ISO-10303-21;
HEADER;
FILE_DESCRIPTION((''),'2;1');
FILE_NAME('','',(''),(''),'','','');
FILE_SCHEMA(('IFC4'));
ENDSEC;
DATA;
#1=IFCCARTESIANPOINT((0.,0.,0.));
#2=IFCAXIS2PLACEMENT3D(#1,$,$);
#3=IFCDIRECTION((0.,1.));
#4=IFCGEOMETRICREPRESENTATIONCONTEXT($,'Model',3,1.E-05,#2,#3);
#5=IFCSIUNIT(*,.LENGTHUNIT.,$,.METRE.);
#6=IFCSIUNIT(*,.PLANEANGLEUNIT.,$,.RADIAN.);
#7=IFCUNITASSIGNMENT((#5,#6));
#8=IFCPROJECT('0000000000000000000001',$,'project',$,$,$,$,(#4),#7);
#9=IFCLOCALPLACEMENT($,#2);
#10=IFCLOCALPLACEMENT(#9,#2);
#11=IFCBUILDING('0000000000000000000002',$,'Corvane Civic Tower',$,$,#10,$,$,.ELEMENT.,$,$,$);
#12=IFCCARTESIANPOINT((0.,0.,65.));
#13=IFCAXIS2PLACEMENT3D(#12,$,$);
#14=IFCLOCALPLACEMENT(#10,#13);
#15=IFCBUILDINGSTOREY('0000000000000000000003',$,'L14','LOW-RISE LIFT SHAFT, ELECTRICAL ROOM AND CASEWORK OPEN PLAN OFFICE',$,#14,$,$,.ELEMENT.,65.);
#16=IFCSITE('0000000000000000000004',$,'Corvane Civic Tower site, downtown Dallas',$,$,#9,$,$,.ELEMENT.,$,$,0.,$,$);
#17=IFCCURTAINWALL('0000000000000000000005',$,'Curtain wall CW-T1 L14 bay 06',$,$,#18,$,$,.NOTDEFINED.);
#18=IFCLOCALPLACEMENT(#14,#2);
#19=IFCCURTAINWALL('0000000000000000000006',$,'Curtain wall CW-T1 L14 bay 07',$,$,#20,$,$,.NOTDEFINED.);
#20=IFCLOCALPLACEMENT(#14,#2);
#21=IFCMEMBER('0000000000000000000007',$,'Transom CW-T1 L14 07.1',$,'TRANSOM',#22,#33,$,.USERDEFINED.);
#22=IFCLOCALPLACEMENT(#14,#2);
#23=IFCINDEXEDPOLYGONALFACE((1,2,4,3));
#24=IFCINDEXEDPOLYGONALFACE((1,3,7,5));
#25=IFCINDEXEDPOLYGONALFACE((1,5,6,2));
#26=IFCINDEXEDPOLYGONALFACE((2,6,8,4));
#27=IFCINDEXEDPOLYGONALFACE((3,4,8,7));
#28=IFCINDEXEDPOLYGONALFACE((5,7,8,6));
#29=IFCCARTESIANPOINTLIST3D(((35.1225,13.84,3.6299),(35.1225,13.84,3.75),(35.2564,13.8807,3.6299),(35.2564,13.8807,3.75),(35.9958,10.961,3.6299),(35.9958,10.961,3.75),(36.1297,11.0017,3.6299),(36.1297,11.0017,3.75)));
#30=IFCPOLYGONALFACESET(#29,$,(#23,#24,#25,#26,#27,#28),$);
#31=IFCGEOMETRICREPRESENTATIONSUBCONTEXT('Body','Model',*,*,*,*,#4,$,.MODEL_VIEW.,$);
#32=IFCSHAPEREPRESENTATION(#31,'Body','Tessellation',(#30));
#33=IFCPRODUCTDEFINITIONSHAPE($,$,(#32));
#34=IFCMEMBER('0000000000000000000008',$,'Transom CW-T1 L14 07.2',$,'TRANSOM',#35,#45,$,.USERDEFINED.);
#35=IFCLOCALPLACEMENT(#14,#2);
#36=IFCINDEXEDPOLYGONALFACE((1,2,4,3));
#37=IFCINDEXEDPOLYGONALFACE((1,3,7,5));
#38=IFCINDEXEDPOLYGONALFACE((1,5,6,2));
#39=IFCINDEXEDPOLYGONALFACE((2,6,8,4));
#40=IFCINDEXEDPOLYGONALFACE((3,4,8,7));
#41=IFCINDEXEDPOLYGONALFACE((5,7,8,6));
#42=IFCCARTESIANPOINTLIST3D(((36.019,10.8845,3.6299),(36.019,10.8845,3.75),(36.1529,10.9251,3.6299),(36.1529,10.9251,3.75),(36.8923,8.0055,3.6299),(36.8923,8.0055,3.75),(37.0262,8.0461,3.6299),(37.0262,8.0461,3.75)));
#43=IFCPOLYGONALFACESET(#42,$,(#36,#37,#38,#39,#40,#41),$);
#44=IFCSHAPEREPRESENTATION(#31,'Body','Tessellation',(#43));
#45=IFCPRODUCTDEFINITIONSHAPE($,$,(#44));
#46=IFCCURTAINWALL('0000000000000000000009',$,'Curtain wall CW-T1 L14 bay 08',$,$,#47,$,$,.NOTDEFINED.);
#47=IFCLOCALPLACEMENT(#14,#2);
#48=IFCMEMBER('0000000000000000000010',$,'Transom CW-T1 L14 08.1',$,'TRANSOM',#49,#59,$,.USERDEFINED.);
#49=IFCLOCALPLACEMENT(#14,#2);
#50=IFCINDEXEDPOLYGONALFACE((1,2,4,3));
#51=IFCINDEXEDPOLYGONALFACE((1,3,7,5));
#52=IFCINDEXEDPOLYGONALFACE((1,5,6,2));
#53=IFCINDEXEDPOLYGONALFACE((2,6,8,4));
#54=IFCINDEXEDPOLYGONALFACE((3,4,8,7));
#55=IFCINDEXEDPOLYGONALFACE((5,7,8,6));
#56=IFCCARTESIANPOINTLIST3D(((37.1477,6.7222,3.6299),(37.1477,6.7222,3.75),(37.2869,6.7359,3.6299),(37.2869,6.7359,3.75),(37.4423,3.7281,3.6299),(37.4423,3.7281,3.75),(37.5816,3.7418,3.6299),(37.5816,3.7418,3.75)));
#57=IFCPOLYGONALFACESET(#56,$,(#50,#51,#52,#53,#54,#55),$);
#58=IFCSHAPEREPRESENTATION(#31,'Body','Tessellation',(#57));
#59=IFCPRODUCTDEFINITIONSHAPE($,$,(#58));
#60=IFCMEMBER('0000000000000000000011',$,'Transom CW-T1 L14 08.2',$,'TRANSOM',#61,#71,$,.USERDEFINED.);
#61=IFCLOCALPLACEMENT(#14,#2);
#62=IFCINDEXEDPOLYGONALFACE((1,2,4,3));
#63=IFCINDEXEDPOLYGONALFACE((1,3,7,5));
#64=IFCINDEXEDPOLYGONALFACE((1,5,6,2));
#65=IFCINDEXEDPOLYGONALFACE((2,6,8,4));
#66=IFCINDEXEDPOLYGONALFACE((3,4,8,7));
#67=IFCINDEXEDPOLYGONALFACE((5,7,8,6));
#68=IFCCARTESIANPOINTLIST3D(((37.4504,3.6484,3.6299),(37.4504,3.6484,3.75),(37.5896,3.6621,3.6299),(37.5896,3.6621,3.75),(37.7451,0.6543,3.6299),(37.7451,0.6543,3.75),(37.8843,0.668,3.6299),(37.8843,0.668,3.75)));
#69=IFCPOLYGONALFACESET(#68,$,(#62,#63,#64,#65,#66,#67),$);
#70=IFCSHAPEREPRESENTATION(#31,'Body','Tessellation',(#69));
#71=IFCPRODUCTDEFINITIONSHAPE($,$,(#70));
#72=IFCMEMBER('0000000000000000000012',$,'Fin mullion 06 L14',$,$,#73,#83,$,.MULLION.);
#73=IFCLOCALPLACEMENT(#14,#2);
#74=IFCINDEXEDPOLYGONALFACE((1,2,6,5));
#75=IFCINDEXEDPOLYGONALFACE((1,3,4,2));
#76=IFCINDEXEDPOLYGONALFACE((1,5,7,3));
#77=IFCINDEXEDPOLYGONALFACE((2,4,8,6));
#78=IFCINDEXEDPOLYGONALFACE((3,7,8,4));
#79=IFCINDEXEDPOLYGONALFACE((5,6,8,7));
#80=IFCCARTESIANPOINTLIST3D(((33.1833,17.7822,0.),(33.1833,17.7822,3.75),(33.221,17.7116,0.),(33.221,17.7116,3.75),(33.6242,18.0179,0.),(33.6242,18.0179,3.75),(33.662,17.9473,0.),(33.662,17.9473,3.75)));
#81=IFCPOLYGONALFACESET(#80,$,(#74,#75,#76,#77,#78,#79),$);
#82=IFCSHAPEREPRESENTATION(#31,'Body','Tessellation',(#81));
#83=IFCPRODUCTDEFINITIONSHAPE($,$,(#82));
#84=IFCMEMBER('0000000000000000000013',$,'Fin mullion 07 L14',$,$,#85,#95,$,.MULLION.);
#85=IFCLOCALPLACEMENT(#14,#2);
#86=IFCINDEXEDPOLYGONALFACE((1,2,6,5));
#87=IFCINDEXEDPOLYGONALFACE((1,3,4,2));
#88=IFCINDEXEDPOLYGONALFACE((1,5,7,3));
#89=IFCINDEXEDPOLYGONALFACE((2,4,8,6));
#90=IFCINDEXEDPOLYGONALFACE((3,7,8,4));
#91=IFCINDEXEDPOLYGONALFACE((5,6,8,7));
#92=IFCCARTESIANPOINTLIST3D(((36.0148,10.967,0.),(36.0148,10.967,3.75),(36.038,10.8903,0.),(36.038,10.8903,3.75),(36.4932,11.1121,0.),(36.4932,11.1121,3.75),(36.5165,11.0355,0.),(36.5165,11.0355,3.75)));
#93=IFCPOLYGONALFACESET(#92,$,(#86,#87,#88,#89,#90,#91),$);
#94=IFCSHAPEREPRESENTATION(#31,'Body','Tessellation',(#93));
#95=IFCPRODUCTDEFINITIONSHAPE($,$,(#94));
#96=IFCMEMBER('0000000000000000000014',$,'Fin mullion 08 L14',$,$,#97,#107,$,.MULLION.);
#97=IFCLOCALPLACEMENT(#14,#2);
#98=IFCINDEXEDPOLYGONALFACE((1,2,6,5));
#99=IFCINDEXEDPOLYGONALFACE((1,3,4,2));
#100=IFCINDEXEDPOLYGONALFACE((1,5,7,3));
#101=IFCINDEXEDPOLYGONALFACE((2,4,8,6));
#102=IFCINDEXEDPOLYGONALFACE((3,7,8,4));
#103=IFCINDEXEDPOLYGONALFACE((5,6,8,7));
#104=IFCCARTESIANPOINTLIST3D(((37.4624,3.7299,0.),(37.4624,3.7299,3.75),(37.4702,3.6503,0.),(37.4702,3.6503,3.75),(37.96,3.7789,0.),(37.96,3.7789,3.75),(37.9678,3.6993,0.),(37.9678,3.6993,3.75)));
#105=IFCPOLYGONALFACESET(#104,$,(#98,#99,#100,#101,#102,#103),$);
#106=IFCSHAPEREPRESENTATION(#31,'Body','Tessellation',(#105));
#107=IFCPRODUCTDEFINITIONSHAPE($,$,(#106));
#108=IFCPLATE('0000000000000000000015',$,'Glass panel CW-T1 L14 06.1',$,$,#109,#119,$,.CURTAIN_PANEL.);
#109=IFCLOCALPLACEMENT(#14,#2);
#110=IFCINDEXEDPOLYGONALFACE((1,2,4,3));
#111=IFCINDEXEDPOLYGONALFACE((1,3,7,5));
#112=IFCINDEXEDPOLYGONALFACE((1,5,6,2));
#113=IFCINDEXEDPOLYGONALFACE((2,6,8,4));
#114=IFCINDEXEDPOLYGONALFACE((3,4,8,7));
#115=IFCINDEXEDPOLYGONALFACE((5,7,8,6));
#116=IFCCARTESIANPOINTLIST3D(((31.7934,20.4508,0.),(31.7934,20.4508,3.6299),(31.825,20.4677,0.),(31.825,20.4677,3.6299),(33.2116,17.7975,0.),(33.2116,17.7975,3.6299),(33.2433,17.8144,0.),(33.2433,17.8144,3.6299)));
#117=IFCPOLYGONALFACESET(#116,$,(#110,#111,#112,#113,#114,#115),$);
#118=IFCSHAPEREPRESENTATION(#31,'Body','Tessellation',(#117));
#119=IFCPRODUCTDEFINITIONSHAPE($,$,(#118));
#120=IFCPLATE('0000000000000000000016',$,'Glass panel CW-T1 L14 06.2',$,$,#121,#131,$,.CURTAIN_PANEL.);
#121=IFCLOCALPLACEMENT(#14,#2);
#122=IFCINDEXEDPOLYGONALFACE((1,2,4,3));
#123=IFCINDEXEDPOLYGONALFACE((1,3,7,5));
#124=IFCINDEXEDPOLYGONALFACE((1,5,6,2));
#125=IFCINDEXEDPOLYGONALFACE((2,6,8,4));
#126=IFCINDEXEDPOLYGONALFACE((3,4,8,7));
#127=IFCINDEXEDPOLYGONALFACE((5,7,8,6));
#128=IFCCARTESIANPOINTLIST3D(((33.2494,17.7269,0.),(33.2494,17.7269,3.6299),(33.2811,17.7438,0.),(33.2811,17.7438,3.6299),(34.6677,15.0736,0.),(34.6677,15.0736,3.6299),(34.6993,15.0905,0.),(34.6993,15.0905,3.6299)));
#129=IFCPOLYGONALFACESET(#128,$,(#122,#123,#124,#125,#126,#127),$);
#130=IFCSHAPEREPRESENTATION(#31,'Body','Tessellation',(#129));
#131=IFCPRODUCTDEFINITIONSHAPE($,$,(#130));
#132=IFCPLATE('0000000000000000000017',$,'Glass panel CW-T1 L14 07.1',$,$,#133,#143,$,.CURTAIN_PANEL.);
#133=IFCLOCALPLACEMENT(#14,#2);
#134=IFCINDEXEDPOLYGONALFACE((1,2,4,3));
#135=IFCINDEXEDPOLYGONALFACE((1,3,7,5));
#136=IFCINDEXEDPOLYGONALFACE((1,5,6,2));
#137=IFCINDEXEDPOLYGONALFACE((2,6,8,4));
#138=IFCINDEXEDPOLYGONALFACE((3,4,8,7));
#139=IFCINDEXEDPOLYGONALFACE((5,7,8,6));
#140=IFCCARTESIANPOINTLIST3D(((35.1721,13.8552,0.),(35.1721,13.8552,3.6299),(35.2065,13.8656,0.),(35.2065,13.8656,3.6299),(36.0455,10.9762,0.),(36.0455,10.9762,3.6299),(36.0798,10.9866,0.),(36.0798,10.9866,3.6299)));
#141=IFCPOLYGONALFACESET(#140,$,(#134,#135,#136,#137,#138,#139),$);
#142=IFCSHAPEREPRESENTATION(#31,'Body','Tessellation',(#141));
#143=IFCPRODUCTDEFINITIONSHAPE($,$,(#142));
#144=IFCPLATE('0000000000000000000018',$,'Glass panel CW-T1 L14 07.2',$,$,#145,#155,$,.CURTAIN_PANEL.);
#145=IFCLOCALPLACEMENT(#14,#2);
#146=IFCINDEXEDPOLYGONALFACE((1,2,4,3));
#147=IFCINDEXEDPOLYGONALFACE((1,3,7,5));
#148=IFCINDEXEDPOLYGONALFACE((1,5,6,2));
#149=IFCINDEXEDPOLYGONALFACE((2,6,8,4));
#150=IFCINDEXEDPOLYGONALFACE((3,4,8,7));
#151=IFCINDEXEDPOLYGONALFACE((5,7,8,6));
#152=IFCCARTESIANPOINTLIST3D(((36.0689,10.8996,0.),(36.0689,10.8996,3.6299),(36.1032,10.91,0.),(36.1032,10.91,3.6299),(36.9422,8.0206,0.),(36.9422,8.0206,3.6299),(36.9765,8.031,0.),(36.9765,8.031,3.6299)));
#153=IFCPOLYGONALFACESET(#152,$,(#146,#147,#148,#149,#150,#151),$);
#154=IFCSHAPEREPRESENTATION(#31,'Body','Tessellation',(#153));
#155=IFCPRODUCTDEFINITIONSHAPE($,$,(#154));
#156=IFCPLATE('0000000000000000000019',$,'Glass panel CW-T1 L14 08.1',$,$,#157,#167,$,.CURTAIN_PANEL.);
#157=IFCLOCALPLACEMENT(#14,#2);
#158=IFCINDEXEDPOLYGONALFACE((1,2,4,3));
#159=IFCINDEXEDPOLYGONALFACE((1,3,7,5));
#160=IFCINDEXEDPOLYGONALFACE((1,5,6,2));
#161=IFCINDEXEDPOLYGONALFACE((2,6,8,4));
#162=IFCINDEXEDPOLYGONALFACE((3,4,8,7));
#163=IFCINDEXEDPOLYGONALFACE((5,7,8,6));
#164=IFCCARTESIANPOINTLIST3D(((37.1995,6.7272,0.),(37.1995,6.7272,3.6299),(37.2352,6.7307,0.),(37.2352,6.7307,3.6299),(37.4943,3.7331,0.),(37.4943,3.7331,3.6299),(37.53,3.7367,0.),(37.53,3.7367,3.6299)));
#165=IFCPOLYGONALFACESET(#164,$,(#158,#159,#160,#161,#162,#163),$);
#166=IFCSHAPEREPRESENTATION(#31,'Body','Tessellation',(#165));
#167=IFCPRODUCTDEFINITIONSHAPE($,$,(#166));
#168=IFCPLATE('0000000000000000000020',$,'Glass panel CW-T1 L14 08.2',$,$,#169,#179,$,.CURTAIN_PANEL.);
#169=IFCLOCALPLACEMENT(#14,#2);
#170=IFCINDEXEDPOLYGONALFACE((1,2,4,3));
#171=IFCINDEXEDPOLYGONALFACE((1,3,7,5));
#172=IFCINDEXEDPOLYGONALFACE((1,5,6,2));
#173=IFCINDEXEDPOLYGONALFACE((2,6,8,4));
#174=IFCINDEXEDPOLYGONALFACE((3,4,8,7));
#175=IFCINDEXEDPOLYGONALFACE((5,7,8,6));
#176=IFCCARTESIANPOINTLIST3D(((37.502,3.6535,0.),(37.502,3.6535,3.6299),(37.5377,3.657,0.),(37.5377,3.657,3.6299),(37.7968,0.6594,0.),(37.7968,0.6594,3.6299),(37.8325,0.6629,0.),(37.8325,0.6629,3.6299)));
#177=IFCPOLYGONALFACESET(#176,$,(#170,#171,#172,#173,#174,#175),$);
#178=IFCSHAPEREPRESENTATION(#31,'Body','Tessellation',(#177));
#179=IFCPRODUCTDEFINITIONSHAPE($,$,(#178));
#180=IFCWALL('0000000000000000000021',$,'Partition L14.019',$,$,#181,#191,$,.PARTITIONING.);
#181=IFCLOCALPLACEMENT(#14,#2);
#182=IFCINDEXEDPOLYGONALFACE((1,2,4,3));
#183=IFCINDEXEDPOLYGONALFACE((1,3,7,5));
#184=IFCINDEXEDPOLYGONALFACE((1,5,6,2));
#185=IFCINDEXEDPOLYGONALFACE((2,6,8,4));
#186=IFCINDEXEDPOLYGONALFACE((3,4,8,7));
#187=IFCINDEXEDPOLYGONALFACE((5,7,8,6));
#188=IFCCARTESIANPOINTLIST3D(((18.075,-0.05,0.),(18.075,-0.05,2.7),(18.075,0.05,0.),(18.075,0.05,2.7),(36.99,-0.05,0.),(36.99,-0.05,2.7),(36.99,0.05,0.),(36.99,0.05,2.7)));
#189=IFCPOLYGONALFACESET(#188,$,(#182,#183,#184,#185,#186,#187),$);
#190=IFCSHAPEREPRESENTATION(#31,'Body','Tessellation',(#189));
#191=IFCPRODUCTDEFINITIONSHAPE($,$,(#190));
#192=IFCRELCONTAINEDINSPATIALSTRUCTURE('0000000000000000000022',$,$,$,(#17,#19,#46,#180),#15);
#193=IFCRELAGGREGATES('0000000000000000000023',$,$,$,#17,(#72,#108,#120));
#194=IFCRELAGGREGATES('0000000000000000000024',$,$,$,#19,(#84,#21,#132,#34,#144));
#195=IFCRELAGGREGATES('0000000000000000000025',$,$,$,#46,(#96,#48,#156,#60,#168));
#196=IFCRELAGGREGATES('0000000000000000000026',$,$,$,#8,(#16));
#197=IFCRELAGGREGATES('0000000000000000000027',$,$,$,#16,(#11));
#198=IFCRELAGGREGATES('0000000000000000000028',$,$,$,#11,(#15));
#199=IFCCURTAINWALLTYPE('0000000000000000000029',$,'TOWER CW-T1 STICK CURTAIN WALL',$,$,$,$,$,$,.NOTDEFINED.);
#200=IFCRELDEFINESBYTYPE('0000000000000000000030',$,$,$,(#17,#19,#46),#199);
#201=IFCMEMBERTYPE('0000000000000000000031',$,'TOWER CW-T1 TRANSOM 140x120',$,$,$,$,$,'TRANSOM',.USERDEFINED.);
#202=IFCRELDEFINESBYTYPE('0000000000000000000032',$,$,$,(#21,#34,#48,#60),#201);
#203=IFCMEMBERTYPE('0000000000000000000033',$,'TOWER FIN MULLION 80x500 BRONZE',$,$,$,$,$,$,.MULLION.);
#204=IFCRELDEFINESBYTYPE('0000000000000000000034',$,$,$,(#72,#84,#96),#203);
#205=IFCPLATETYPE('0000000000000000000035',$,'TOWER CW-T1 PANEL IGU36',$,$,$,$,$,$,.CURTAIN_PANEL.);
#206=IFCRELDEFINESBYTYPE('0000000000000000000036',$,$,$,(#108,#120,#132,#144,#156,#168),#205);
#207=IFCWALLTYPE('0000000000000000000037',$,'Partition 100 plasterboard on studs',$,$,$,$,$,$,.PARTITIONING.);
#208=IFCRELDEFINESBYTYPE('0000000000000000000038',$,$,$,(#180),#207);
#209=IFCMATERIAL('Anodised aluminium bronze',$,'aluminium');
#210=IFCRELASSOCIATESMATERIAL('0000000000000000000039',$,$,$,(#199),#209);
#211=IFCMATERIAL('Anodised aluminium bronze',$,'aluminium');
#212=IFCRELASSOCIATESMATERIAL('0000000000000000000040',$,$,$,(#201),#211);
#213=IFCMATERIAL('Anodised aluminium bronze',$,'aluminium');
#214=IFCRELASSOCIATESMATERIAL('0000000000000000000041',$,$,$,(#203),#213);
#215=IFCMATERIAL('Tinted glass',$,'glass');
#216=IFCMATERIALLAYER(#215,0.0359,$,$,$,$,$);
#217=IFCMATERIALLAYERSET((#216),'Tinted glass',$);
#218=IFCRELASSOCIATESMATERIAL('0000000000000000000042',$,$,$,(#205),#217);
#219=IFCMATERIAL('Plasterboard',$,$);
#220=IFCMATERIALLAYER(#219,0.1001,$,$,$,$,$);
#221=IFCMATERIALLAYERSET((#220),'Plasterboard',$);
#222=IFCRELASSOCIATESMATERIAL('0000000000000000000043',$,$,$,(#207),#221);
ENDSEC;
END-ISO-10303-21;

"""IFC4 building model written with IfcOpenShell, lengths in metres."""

from ifc_helpers import new_model, si_unit, direction, frame, frame_2d, origin, origin_2d, place, context, subcontext, project, spatial, rectangle, extrude, material, layer, layer_set, material_profile, profile_set, type_object, element, aggregate, save


model = new_model("IFC4")

# Units and contexts
model_context = context("Model", 3, precision=1e-05, world=origin(), true_north=direction((0.0, 1.0)))
body_context = subcontext(model_context, "Body", "Model", "MODEL_VIEW")
ifc_project = project(units=[si_unit("LENGTHUNIT", "METRE"), si_unit("PLANEANGLEUNIT", "RADIAN")], contexts=[model_context])

# Site, building, storey
site_placement = place(None, origin())
site = spatial("IfcSite", under=ifc_project, at=site_placement, Name="Corvane Civic Tower site, downtown Dallas", CompositionType="ELEMENT", RefElevation=0.0)
building_placement = place(site_placement, origin())
building = spatial("IfcBuilding", under=site, at=building_placement, Name="Corvane Civic Tower", CompositionType="ELEMENT")
storey_placement = place(building_placement, frame((0.0, 0.0, 65.0)))
storey = spatial("IfcBuildingStorey", under=building, at=storey_placement, Name="L14", Description="LOW-RISE LIFT SHAFT, ELECTRICAL ROOM AND CASEWORK OPEN PLAN OFFICE", CompositionType="ELEMENT", Elevation=65.0)

# Curtain walls, members
ifc_material_1 = material(Name="Anodised aluminium bronze", Category="aluminium")
curtain_wall_type = type_object("IfcCurtainWallType", Name="TOWER CW-T1 STICK CURTAIN WALL", PredefinedType="NOTDEFINED", material=ifc_material_1)
curtain_wall_1_placement = place(storey_placement, origin())
curtain_wall_1 = element("IfcCurtainWall", 1, at=curtain_wall_1_placement, inside=storey, type_object=curtain_wall_type, Name="Curtain wall CW-T1 L14 bay 06", PredefinedType="NOTDEFINED")
ifc_material_2 = material(Name="Anodised aluminium bronze", Category="aluminium")
ifc_material_profile_1 = material_profile(ifc_material_2, rectangle(XDim=0.1399, YDim=0.1201, at=origin_2d()), Name="TOWER CW-T1 TRANSOM 140x120")
ifc_profile_set_1 = profile_set([ifc_material_profile_1], Name="Anodised aluminium bronze")
member_type_1 = type_object("IfcMemberType", Name="TOWER CW-T1 TRANSOM 140x120", ElementType="TRANSOM", PredefinedType="USERDEFINED", material=ifc_profile_set_1)
curtain_wall_2_placement = place(storey_placement, origin())
curtain_wall_2 = element("IfcCurtainWall", 2, at=curtain_wall_2_placement, inside=storey, type_object=curtain_wall_type, Name="Curtain wall CW-T1 L14 bay 07", PredefinedType="NOTDEFINED")
member_1_placement = place(storey_placement, frame((35.1895, 13.8604, 3.6899), z_axis=(0.29028, -0.956942, 0.0), x_axis=(0.956942, 0.29028, 0.0)))
member_1 = element("IfcMember", 3, at=member_1_placement, type_object=member_type_1, Name="Transom CW-T1 L14 07.1", ObjectType="TRANSOM", PredefinedType="USERDEFINED", context=body_context, shape_type="SweptSolid", body=[
    extrude(rectangle(XDim=0.1399, YDim=0.1201, at=origin_2d()), origin(), (0.0, 0.0, 1.0), 3.0085),
])
member_2_placement = place(storey_placement, frame((36.0859, 10.9048, 3.6899), z_axis=(0.29028, -0.956942, 0.0), x_axis=(0.956942, 0.29028, 0.0)))
member_2 = element("IfcMember", 4, at=member_2_placement, type_object=member_type_1, Name="Transom CW-T1 L14 07.2", ObjectType="TRANSOM", PredefinedType="USERDEFINED", context=body_context, shape_type="SweptSolid", body=[
    extrude(rectangle(XDim=0.1399, YDim=0.1201, at=origin_2d()), origin(), (0.0, 0.0, 1.0), 3.0085),
])
curtain_wall_3_placement = place(storey_placement, origin())
curtain_wall_3 = element("IfcCurtainWall", 5, at=curtain_wall_3_placement, inside=storey, type_object=curtain_wall_type, Name="Curtain wall CW-T1 L14 bay 08", PredefinedType="NOTDEFINED")
member_3_placement = place(storey_placement, frame((37.2173, 6.729, 3.6899), z_axis=(0.097945, -0.995192, 0.0), x_axis=(0.995192, 0.097945, 0.0)))
member_3 = element("IfcMember", 6, at=member_3_placement, type_object=member_type_1, Name="Transom CW-T1 L14 08.1", ObjectType="TRANSOM", PredefinedType="USERDEFINED", context=body_context, shape_type="SweptSolid", body=[
    extrude(rectangle(XDim=0.1399, YDim=0.1201, at=origin_2d()), origin(), (0.0, 0.0, 1.0), 3.0085),
])
member_4_placement = place(storey_placement, frame((37.52, 3.6553, 3.6899), z_axis=(0.097945, -0.995192, 0.0), x_axis=(0.995192, 0.097945, 0.0)))
member_4 = element("IfcMember", 7, at=member_4_placement, type_object=member_type_1, Name="Transom CW-T1 L14 08.2", ObjectType="TRANSOM", PredefinedType="USERDEFINED", context=body_context, shape_type="SweptSolid", body=[
    extrude(rectangle(XDim=0.1399, YDim=0.1201, at=origin_2d()), origin(), (0.0, 0.0, 1.0), 3.0085),
])

# Members
ifc_material_3 = material(Name="Anodised aluminium bronze", Category="aluminium")
ifc_material_profile_2 = material_profile(ifc_material_3, rectangle(XDim=0.0801, YDim=0.5, at=origin_2d()), Name="TOWER FIN MULLION 80x500 BRONZE")
ifc_profile_set_2 = profile_set([ifc_material_profile_2], Name="Anodised aluminium bronze")
member_type_2 = type_object("IfcMemberType", Name="TOWER FIN MULLION 80x500 BRONZE", PredefinedType="MULLION", material=ifc_profile_set_2)
member_5_placement = place(storey_placement, frame((33.4226, 17.8647, 0.0), z_axis=(0.0, 0.0, 1.0), x_axis=(0.471404, -0.881918, 0.0)))
member_5 = element("IfcMember", 8, at=member_5_placement, type_object=member_type_2, Name="Fin mullion 06 L14", PredefinedType="MULLION", context=body_context, shape_type="SweptSolid", body=[
    extrude(rectangle(XDim=0.0801, YDim=0.5, at=origin_2d()), origin(), (0.0, 0.0, 1.0), 3.75),
])
member_6_placement = place(storey_placement, frame((36.2656, 11.0012, 0.0), z_axis=(0.0, 0.0, 1.0), x_axis=(0.290278, -0.956942, 0.0)))
member_6 = element("IfcMember", 9, at=member_6_placement, type_object=member_type_2, Name="Fin mullion 07 L14", PredefinedType="MULLION", context=body_context, shape_type="SweptSolid", body=[
    extrude(rectangle(XDim=0.0801, YDim=0.5, at=origin_2d()), origin(), (0.0, 0.0, 1.0), 3.75),
])
member_7_placement = place(storey_placement, frame((37.7151, 3.7146, 0.0), z_axis=(0.0, 0.0, 1.0), x_axis=(0.098006, -0.995186, 0.0)))
member_7 = element("IfcMember", 10, at=member_7_placement, type_object=member_type_2, Name="Fin mullion 08 L14", PredefinedType="MULLION", context=body_context, shape_type="SweptSolid", body=[
    extrude(rectangle(XDim=0.0801, YDim=0.5, at=origin_2d()), origin(), (0.0, 0.0, 1.0), 3.75),
])

# Plates
ifc_material_4 = material(Name="Tinted glass", Category="glass")
ifc_layer_1 = layer(ifc_material_4, 0.0359)
ifc_layer_set_1 = layer_set([ifc_layer_1], Name="Tinted glass")
plate_type = type_object("IfcPlateType", Name="TOWER CW-T1 PANEL IGU36", PredefinedType="CURTAIN_PANEL", material=ifc_layer_set_1)
plate_1_placement = place(storey_placement, frame((32.5183, 19.1326, 0.0), z_axis=(0.0, 0.0, 1.0), x_axis=(0.471404, -0.881918, 0.0)))
plate_1 = element("IfcPlate", 11, at=plate_1_placement, type_object=plate_type, Name="Glass panel CW-T1 L14 06.1", PredefinedType="CURTAIN_PANEL", context=body_context, shape_type="SweptSolid", body=[
    extrude(rectangle(XDim=3.0085, YDim=0.0359, at=origin_2d()), origin(), (0.0, 0.0, 1.0), 3.6299),
])
plate_2_placement = place(storey_placement, frame((33.9744, 16.4087, 0.0), z_axis=(0.0, 0.0, 1.0), x_axis=(0.471404, -0.881918, 0.0)))
plate_2 = element("IfcPlate", 12, at=plate_2_placement, type_object=plate_type, Name="Glass panel CW-T1 L14 06.2", PredefinedType="CURTAIN_PANEL", context=body_context, shape_type="SweptSolid", body=[
    extrude(rectangle(XDim=3.0085, YDim=0.0359, at=origin_2d()), origin(), (0.0, 0.0, 1.0), 3.6299),
])
aggregate(curtain_wall_1, [member_5, plate_1, plate_2])
plate_3_placement = place(storey_placement, frame((35.626, 12.4209, 0.0), z_axis=(0.0, 0.0, 1.0), x_axis=(0.290278, -0.956942, 0.0)))
plate_3 = element("IfcPlate", 13, at=plate_3_placement, type_object=plate_type, Name="Glass panel CW-T1 L14 07.1", PredefinedType="CURTAIN_PANEL", context=body_context, shape_type="SweptSolid", body=[
    extrude(rectangle(XDim=3.0085, YDim=0.0359, at=origin_2d()), origin(), (0.0, 0.0, 1.0), 3.6299),
])
plate_4_placement = place(storey_placement, frame((36.5227, 9.4653, 0.0), z_axis=(0.0, 0.0, 1.0), x_axis=(0.290278, -0.956942, 0.0)))
plate_4 = element("IfcPlate", 14, at=plate_4_placement, type_object=plate_type, Name="Glass panel CW-T1 L14 07.2", PredefinedType="CURTAIN_PANEL", context=body_context, shape_type="SweptSolid", body=[
    extrude(rectangle(XDim=3.0085, YDim=0.0359, at=origin_2d()), origin(), (0.0, 0.0, 1.0), 3.6299),
])
aggregate(curtain_wall_2, [member_6, member_1, plate_3, member_2, plate_4])
plate_5_placement = place(storey_placement, frame((37.3647, 5.2319, 0.0), z_axis=(0.0, 0.0, 1.0), x_axis=(0.098006, -0.995186, 0.0)))
plate_5 = element("IfcPlate", 15, at=plate_5_placement, type_object=plate_type, Name="Glass panel CW-T1 L14 08.1", PredefinedType="CURTAIN_PANEL", context=body_context, shape_type="SweptSolid", body=[
    extrude(rectangle(XDim=3.0085, YDim=0.0359, at=origin_2d()), origin(), (0.0, 0.0, 1.0), 3.6299),
])
plate_6_placement = place(storey_placement, frame((37.6672, 2.1582, 0.0), z_axis=(0.0, 0.0, 1.0), x_axis=(0.098006, -0.995186, 0.0)))
plate_6 = element("IfcPlate", 16, at=plate_6_placement, type_object=plate_type, Name="Glass panel CW-T1 L14 08.2", PredefinedType="CURTAIN_PANEL", context=body_context, shape_type="SweptSolid", body=[
    extrude(rectangle(XDim=3.0085, YDim=0.0359, at=origin_2d()), origin(), (0.0, 0.0, 1.0), 3.6299),
])
aggregate(curtain_wall_3, [member_7, member_3, plate_5, member_4, plate_6])

# Wall
ifc_material_5 = material(Name="Plasterboard")
ifc_layer_2 = layer(ifc_material_5, 0.1001)
ifc_layer_set_2 = layer_set([ifc_layer_2], Name="Plasterboard")
wall_type = type_object("IfcWallType", Name="Partition 100 plasterboard on studs", PredefinedType="PARTITIONING", material=ifc_layer_set_2)
wall_placement = place(storey_placement, frame((18.075, 0.0, 0.0), z_axis=(0.0, 0.0, 1.0), x_axis=(1.0, 0.0, 0.0)))
element("IfcWall", 17, at=wall_placement, inside=storey, type_object=wall_type, Name="Partition L14.019", PredefinedType="PARTITIONING", context=body_context, shape_type="SweptSolid", body=[
    extrude(rectangle(XDim=18.915, YDim=0.1001, at=frame_2d((9.4575, 0.0))), origin(), (0.0, 0.0, 1.0), 2.7),
])

save(model, "model.ifc")
